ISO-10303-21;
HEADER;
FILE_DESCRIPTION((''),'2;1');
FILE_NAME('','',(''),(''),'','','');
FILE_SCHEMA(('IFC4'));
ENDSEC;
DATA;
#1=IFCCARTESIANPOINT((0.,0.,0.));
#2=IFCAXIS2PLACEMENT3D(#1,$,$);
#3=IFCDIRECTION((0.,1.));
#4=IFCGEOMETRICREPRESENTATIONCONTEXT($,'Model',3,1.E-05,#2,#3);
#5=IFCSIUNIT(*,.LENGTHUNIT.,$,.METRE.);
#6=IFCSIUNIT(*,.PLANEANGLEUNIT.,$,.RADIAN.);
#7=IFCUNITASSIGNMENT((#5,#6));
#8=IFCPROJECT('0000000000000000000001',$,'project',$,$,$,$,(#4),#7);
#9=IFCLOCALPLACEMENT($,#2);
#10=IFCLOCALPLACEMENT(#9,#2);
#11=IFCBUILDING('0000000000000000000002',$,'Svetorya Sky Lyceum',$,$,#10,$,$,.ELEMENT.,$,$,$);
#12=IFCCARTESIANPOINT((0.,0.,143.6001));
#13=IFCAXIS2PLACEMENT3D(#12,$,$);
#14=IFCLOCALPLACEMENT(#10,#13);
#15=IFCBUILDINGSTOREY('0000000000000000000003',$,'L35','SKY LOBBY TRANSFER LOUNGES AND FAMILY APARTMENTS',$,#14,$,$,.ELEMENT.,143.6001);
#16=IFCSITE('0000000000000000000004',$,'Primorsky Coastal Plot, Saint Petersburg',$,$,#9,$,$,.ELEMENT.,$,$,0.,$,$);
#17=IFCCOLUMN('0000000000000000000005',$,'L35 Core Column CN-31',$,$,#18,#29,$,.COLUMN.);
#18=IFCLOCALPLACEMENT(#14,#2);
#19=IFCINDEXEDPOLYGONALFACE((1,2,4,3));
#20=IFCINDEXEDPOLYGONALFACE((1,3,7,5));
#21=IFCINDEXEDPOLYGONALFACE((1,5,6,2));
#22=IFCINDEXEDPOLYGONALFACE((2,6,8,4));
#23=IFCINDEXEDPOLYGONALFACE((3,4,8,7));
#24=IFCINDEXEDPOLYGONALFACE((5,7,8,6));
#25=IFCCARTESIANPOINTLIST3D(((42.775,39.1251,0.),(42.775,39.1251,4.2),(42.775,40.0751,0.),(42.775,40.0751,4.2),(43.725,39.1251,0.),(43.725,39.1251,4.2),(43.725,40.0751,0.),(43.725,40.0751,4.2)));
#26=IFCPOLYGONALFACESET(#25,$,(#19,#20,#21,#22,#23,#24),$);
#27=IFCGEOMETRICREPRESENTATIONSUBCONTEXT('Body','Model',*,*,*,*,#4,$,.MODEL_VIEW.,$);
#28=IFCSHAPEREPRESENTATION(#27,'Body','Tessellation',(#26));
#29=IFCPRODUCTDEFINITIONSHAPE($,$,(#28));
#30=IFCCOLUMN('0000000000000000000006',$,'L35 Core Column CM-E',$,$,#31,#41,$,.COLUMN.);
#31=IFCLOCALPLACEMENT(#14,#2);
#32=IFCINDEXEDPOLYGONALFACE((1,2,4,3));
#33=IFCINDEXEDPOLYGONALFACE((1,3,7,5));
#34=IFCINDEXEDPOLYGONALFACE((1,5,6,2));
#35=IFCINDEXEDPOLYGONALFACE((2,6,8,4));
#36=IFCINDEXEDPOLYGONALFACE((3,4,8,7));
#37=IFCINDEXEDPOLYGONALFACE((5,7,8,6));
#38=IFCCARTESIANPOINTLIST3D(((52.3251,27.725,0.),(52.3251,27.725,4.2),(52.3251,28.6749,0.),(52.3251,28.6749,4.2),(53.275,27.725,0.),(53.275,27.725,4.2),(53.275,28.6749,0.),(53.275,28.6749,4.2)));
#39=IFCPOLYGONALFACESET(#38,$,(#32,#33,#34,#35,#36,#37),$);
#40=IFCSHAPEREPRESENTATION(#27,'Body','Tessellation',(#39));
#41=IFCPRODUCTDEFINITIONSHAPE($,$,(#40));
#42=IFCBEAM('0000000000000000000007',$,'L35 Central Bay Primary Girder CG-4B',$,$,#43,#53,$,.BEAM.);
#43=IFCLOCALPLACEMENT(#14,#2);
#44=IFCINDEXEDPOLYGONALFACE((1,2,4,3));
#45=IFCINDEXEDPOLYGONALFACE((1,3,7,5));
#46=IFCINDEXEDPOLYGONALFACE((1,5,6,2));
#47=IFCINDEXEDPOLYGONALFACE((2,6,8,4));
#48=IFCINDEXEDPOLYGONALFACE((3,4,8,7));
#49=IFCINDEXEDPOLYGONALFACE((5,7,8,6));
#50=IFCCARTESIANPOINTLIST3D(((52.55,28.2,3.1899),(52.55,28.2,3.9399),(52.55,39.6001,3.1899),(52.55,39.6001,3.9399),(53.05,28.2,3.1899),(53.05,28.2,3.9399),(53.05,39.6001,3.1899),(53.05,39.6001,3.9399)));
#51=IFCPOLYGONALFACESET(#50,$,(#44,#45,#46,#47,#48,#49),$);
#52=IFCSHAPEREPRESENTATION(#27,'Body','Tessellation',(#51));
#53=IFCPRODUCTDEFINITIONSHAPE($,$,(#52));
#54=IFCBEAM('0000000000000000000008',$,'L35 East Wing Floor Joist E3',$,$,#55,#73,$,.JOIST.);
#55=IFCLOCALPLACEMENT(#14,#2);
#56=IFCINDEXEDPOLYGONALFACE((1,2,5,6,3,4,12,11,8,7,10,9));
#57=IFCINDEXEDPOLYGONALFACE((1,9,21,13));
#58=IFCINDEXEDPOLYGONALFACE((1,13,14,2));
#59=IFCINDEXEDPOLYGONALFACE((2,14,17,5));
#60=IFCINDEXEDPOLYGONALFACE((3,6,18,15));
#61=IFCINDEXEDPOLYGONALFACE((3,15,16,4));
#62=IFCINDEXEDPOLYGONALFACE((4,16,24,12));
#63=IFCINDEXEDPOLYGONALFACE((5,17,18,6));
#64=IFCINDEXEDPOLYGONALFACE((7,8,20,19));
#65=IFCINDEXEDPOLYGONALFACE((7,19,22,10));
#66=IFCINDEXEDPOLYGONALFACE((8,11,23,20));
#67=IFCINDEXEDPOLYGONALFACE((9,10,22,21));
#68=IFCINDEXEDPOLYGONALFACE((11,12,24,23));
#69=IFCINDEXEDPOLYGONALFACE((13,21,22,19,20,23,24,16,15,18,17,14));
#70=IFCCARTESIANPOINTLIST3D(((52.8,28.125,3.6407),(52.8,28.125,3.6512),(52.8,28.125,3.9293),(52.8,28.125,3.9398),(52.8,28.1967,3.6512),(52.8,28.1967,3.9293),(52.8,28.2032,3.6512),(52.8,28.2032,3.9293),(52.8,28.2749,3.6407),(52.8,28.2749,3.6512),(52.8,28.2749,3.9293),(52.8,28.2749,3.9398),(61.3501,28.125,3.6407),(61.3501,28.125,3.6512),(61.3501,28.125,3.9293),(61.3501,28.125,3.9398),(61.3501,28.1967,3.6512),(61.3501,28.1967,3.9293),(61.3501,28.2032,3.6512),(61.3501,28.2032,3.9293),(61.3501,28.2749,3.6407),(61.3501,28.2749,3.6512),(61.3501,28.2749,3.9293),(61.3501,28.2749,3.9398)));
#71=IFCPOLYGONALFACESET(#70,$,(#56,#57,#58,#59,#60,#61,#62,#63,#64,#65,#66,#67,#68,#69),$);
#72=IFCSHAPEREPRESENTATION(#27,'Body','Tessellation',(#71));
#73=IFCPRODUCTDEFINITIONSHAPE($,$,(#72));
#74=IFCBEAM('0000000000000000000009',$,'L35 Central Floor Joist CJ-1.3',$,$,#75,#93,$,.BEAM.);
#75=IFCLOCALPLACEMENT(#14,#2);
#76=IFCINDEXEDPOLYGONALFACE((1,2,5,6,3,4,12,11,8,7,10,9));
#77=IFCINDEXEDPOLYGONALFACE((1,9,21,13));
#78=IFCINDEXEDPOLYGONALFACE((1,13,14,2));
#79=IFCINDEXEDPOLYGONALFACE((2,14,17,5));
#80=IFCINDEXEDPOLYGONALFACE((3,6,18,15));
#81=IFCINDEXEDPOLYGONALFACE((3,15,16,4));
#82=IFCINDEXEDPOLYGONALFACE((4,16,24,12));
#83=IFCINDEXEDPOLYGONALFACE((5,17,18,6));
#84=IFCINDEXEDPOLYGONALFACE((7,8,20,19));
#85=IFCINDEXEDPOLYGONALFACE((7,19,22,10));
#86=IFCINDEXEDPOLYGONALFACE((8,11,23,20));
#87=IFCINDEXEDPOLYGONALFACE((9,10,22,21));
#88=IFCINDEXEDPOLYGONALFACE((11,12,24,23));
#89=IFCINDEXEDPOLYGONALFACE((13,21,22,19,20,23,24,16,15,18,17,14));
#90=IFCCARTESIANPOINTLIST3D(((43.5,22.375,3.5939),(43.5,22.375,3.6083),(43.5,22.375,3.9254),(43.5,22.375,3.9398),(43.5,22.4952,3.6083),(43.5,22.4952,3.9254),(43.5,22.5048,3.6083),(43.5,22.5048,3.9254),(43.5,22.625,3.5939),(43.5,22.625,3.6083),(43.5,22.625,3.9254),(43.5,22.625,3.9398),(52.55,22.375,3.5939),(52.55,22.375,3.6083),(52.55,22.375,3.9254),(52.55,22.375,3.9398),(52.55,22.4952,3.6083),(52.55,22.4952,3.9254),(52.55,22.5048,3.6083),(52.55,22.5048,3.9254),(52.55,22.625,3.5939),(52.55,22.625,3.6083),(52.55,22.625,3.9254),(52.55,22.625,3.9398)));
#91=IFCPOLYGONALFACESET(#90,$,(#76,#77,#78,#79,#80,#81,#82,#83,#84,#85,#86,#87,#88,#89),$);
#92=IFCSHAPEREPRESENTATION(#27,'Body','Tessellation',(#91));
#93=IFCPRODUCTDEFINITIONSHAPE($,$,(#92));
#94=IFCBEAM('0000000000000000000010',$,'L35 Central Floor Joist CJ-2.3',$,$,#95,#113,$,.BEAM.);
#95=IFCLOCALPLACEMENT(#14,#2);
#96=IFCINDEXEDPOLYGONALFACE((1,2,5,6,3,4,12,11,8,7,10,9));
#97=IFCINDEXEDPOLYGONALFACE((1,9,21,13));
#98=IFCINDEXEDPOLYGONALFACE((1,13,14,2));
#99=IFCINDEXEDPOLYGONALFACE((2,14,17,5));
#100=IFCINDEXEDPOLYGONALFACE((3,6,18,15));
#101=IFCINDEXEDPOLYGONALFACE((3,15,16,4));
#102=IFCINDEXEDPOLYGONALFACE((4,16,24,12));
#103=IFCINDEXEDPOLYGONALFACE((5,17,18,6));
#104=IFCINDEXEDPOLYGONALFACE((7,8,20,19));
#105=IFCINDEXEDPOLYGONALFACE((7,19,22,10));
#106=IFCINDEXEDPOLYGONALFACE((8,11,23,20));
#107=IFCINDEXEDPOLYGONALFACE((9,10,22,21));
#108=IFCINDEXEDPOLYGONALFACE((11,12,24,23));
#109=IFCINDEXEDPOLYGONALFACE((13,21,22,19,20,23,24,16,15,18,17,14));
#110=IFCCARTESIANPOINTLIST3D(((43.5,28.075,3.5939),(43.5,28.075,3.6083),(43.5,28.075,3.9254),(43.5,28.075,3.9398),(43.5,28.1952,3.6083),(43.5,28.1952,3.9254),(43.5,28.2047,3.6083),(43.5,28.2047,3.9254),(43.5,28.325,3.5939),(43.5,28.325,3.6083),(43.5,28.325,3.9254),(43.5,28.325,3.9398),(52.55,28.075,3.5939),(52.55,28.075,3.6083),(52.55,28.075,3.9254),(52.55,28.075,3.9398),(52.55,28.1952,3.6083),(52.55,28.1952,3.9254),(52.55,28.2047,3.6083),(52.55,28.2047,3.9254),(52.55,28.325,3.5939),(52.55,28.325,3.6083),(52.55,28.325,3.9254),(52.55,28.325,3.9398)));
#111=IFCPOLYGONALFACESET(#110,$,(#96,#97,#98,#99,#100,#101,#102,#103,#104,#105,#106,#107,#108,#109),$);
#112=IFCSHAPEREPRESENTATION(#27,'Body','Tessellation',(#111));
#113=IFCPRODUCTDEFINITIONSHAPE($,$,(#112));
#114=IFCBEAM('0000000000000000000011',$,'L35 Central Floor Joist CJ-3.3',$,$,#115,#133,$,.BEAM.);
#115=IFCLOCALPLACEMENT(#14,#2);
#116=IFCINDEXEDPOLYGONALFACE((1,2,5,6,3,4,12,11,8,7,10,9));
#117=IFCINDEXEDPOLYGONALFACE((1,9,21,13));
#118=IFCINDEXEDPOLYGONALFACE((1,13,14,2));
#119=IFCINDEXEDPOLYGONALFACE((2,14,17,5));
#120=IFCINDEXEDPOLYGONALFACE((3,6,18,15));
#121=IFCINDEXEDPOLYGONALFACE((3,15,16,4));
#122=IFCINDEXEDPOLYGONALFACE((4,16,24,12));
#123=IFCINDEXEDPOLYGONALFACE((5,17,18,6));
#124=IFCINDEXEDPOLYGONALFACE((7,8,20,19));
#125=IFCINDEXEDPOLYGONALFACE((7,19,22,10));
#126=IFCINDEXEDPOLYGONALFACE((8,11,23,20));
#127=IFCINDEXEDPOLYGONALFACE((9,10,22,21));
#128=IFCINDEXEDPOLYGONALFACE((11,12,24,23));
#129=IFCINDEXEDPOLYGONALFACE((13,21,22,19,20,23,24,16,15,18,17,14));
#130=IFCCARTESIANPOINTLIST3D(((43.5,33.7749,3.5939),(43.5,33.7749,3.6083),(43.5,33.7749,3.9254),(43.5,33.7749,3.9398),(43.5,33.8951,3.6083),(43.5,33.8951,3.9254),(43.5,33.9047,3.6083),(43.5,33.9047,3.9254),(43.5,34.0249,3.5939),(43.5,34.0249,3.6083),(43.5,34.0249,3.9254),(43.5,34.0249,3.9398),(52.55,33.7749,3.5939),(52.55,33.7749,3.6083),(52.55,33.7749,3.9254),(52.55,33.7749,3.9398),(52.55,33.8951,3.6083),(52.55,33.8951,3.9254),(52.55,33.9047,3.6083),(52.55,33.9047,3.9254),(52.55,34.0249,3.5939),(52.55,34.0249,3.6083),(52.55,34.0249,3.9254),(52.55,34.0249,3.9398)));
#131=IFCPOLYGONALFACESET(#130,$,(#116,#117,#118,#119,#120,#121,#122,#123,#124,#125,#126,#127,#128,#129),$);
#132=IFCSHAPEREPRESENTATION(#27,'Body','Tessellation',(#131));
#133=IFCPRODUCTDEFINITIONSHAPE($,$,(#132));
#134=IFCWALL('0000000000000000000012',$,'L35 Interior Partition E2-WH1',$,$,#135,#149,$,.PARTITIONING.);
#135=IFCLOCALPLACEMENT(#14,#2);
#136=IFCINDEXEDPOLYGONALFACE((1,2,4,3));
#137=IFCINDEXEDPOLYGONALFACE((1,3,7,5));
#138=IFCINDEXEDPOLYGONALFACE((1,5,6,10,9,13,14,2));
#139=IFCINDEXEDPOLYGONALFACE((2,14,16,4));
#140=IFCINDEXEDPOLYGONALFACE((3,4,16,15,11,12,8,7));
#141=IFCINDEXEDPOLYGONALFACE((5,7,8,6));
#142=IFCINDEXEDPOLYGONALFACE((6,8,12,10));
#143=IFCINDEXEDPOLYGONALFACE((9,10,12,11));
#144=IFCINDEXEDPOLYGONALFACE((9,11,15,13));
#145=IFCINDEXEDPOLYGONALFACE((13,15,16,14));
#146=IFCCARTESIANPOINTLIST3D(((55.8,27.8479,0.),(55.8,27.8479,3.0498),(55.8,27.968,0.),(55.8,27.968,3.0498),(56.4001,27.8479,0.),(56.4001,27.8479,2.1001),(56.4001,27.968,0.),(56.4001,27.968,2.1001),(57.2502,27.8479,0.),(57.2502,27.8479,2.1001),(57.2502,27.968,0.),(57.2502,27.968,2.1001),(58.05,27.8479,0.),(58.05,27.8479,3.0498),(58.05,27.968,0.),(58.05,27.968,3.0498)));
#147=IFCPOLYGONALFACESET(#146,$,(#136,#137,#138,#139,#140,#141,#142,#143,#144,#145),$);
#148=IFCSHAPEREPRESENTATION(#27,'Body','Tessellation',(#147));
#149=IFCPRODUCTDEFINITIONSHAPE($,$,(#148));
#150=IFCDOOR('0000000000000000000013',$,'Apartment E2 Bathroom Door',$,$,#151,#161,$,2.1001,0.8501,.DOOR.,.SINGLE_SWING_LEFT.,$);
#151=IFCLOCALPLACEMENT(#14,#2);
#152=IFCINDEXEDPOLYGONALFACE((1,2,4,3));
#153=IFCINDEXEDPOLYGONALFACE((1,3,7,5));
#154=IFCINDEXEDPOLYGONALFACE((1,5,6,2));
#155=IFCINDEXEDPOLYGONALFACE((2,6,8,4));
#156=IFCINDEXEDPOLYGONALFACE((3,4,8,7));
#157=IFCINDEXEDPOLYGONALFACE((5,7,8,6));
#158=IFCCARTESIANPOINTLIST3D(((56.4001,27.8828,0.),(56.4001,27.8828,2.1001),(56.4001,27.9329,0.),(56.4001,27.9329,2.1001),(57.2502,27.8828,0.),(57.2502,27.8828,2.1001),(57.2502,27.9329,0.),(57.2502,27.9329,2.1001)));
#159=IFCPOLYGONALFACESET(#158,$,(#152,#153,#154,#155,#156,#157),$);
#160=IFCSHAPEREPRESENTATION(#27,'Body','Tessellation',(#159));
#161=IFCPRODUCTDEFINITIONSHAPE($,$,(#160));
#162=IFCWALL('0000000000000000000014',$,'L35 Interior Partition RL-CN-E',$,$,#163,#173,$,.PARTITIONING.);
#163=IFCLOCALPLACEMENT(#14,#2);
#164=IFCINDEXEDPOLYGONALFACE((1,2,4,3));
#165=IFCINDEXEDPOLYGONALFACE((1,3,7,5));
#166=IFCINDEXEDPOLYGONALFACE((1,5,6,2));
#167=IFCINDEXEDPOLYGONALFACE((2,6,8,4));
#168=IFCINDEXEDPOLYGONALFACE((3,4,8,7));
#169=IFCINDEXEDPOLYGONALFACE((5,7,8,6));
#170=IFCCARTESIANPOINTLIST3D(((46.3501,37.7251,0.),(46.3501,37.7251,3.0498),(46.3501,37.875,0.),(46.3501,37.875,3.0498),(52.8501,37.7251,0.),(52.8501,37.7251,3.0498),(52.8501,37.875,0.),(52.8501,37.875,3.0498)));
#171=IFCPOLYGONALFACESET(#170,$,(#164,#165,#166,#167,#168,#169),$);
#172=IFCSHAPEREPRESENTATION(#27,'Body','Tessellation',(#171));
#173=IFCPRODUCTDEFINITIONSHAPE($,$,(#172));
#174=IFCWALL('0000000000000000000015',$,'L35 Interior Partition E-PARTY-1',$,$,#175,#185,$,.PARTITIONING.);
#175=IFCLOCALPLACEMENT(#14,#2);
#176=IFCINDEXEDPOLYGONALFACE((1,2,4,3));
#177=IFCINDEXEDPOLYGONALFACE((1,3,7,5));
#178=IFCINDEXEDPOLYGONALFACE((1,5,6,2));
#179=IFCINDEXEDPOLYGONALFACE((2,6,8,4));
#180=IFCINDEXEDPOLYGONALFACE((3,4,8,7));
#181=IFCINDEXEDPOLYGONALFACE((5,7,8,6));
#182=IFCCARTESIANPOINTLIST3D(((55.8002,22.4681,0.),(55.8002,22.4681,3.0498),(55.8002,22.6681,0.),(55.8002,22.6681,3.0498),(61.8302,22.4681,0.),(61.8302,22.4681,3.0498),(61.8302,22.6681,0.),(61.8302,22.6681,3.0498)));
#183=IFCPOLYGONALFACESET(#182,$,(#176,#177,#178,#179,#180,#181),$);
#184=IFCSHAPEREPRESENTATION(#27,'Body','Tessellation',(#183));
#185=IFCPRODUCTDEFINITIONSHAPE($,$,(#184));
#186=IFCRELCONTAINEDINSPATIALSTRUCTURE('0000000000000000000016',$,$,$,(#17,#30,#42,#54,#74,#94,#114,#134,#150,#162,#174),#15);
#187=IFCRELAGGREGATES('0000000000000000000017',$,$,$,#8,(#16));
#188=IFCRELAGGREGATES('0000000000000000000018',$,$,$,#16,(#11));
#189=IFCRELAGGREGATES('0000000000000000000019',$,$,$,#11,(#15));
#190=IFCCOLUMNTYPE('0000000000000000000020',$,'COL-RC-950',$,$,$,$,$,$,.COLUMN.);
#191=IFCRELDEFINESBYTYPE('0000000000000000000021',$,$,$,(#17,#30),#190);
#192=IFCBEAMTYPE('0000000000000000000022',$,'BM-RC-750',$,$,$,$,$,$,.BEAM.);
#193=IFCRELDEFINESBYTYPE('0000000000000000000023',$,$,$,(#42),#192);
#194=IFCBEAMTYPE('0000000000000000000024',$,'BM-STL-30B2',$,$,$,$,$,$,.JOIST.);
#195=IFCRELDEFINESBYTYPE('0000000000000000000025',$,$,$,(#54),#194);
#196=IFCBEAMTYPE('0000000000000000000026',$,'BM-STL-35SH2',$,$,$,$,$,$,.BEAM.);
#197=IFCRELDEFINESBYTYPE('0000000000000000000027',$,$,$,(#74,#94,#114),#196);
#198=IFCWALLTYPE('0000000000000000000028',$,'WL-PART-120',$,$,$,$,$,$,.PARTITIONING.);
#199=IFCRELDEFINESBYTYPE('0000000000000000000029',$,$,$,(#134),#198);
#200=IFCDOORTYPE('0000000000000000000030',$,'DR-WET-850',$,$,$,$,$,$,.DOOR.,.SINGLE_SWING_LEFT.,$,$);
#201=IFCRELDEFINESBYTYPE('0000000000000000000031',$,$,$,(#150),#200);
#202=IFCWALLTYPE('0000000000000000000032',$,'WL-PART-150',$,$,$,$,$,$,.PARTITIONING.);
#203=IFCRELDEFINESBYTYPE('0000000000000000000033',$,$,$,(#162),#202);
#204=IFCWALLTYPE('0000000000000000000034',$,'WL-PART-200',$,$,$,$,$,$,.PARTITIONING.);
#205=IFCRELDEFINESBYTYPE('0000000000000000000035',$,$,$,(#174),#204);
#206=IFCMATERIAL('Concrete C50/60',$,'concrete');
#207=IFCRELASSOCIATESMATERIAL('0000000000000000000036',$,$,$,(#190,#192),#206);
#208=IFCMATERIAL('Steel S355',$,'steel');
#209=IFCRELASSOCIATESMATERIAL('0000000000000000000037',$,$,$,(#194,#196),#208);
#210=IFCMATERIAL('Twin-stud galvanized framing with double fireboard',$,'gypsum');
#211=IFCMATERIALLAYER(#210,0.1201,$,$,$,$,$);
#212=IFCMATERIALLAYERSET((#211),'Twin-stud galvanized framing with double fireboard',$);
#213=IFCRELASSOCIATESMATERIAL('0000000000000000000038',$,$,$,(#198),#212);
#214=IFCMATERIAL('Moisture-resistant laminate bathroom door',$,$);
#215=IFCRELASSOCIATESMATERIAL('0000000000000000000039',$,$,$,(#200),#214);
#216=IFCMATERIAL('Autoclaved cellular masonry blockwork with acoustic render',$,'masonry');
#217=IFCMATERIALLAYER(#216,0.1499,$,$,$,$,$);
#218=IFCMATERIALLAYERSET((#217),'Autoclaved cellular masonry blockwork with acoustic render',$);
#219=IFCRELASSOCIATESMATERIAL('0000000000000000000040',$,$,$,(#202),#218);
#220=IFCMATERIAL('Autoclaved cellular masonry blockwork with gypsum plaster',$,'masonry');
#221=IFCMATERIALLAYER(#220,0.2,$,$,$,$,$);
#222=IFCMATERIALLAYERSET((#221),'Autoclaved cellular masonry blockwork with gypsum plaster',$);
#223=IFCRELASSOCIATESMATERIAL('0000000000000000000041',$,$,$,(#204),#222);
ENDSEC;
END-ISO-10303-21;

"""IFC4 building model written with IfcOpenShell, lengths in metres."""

from ifc_helpers import new_model, si_unit, direction, frame, frame_2d, origin, origin_2d, place, context, subcontext, project, spatial, rectangle, i_section, extrude, material, layer, layer_set, material_profile, profile_set, type_object, element, fill, save


model = new_model("IFC4")

# Units and contexts
model_context = context("Model", 3, precision=1e-05, world=origin(), true_north=direction((0.0, 1.0)))
body_context = subcontext(model_context, "Body", "Model", "MODEL_VIEW")
ifc_project = project(units=[si_unit("LENGTHUNIT", "METRE"), si_unit("PLANEANGLEUNIT", "RADIAN")], contexts=[model_context])

# Site, building, storey
site_placement = place(None, origin())
site = spatial("IfcSite", under=ifc_project, at=site_placement, Name="Primorsky Coastal Plot, Saint Petersburg", CompositionType="ELEMENT", RefElevation=0.0)
building_placement = place(site_placement, origin())
building = spatial("IfcBuilding", under=site, at=building_placement, Name="Svetorya Sky Lyceum", CompositionType="ELEMENT")
storey_placement = place(building_placement, frame((0.0, 0.0, 143.6001)))
storey = spatial("IfcBuildingStorey", under=building, at=storey_placement, Name="L35", Description="SKY LOBBY TRANSFER LOUNGES AND FAMILY APARTMENTS", CompositionType="ELEMENT", Elevation=143.6001)

# Columns
ifc_material_1 = material(Name="Concrete C50/60", Category="concrete")
ifc_material_profile_1 = material_profile(ifc_material_1, rectangle(XDim=0.95, YDim=0.95, at=origin_2d()), Name="RC COL 950x950")
ifc_profile_set_1 = profile_set([ifc_material_profile_1], Name="Concrete C50/60")
column_type = type_object("IfcColumnType", Name="COL-RC-950", PredefinedType="COLUMN", material=ifc_profile_set_1)
for number, where, z_axis, x_axis, name in (
    (1, (43.25, 39.6001, 0.0), (0.0, 0.0, 1.0), (1.0, 0.0, 0.0), "L35 Core Column CN-31"),
    (2, (52.8, 28.2, 0.0), (0.0, 0.0, 1.0), (1.0, 0.0, 0.0), "L35 Core Column CM-E"),
):
    element("IfcColumn", number, at=place(storey_placement, frame(where, z_axis=z_axis, x_axis=x_axis)), inside=storey, type_object=column_type, Name=name, PredefinedType="COLUMN", context=body_context, shape_type="SweptSolid", body=[
        extrude(rectangle(XDim=0.95, YDim=0.95, at=origin_2d()), origin(), (0.0, 0.0, 1.0), 4.2),
    ])

# Beams
ifc_material_profile_2 = material_profile(ifc_material_1, rectangle(XDim=0.5, YDim=0.75, at=origin_2d()), Name="RC BEAM 500x750")
ifc_profile_set_2 = profile_set([ifc_material_profile_2], Name="Concrete C50/60")
beam_type_1 = type_object("IfcBeamType", Name="BM-RC-750", PredefinedType="BEAM", material=ifc_profile_set_2)
beam_1_placement = place(storey_placement, frame((52.8, 28.2, 3.5649), z_axis=(0.0, 1.0, 0.0), x_axis=(-1.0, 0.0, 0.0)))
element("IfcBeam", 3, at=beam_1_placement, inside=storey, type_object=beam_type_1, Name="L35 Central Bay Primary Girder CG-4B", PredefinedType="BEAM", context=body_context, shape_type="SweptSolid", body=[
    extrude(rectangle(XDim=0.5, YDim=0.75, at=origin_2d()), origin(), (0.0, 0.0, 1.0), 11.4001),
])
ifc_material_2 = material(Name="Steel S355", Category="steel")
ifc_material_profile_3 = material_profile(ifc_material_2, i_section(OverallWidth=0.1499, OverallDepth=0.2991, WebThickness=0.0066, FlangeThickness=0.0105, at=origin_2d()), Name="GOST 30B2")
ifc_profile_set_3 = profile_set([ifc_material_profile_3], Name="Steel S355")
beam_type_2 = type_object("IfcBeamType", Name="BM-STL-30B2", PredefinedType="JOIST", material=ifc_profile_set_3)
beam_2_placement = place(storey_placement, frame((52.8, 28.2, 3.7903), z_axis=(1.0, 0.0, 0.0), x_axis=(0.0, 1.0, 0.0)))
element("IfcBeam", 4, at=beam_2_placement, inside=storey, type_object=beam_type_2, Name="L35 East Wing Floor Joist E3", PredefinedType="JOIST", context=body_context, shape_type="SweptSolid", body=[
    extrude(i_section(OverallWidth=0.1499, OverallDepth=0.2991, WebThickness=0.0066, FlangeThickness=0.0105, at=origin_2d()), origin(), (0.0, 0.0, 1.0), 8.55),
])
ifc_material_profile_4 = material_profile(ifc_material_2, i_section(OverallWidth=0.25, OverallDepth=0.3459, WebThickness=0.0095, FlangeThickness=0.0144, at=origin_2d()), Name="GOST 35Sh2")
ifc_profile_set_4 = profile_set([ifc_material_profile_4], Name="Steel S355")
beam_type_3 = type_object("IfcBeamType", Name="BM-STL-35SH2", PredefinedType="BEAM", material=ifc_profile_set_4)
for number, where, z_axis, x_axis, name in (
    (5, (43.5, 22.5, 3.7668), (1.0, 0.0, 0.0), (0.0, 1.0, 0.0), "L35 Central Floor Joist CJ-1.3"),
    (6, (43.5, 28.2, 3.7668), (1.0, 0.0, 0.0), (0.0, 1.0, 0.0), "L35 Central Floor Joist CJ-2.3"),
    (7, (43.5, 33.8999, 3.7668), (1.0, 0.0, 0.0), (0.0, 1.0, 0.0), "L35 Central Floor Joist CJ-3.3"),
):
    element("IfcBeam", number, at=place(storey_placement, frame(where, z_axis=z_axis, x_axis=x_axis)), inside=storey, type_object=beam_type_3, Name=name, PredefinedType="BEAM", context=body_context, shape_type="SweptSolid", body=[
        extrude(i_section(OverallWidth=0.25, OverallDepth=0.3459, WebThickness=0.0095, FlangeThickness=0.0144, at=origin_2d()), origin(), (0.0, 0.0, 1.0), 9.05),
    ])

# Wall, opening, door
ifc_material_3 = material(Name="Twin-stud galvanized framing with double fireboard", Category="gypsum")
ifc_layer_1 = layer(ifc_material_3, 0.1201)
ifc_layer_set_1 = layer_set([ifc_layer_1], Name="Twin-stud galvanized framing with double fireboard")
wall_type_1 = type_object("IfcWallType", Name="WL-PART-120", PredefinedType="PARTITIONING", material=ifc_layer_set_1)
wall_1_placement = place(storey_placement, frame((55.8, 27.908, 0.0), z_axis=(0.0, 0.0, 1.0), x_axis=(1.0, 0.0, 0.0)))
wall_1 = element("IfcWall", 8, at=wall_1_placement, inside=storey, type_object=wall_type_1, Name="L35 Interior Partition E2-WH1", PredefinedType="PARTITIONING", context=body_context, shape_type="SweptSolid", body=[
    extrude(rectangle(XDim=2.25, YDim=0.1201, at=frame_2d((1.125, 0.0))), origin(), (0.0, 0.0, 1.0), 3.0498),
])
opening_placement = place(wall_1_placement, frame((0.6001, 0.0, 0.0)))
opening = element("IfcOpeningElement", 9, at=opening_placement, cuts=wall_1, PredefinedType="OPENING", context=body_context, shape_type="SweptSolid", body=[
    extrude(rectangle(XDim=0.8501, YDim=2.1001, at=frame_2d((0.425, 1.05))), frame((0.0, 0.0701, 0.0), z_axis=(0.0, -1.0, 0.0), x_axis=(1.0, 0.0, 0.0)), (0.0, 0.0, 1.0), 0.1401),
])
ifc_material_4 = material(Name="Moisture-resistant laminate bathroom door")
door_type = type_object("IfcDoorType", Name="DR-WET-850", OperationType="SINGLE_SWING_LEFT", PredefinedType="DOOR", material=ifc_material_4)
door_placement = place(opening_placement, origin())
door = element("IfcDoor", 10, at=door_placement, inside=storey, type_object=door_type, Name="Apartment E2 Bathroom Door", OperationType="SINGLE_SWING_LEFT", OverallHeight=2.1001, OverallWidth=0.8501, PredefinedType="DOOR", context=body_context, shape_type="SweptSolid", body=[
    extrude(rectangle(XDim=0.8501, YDim=2.1001, at=frame_2d((0.425, 1.05))), frame((0.0, 0.0249, 0.0), z_axis=(0.0, -1.0, 0.0), x_axis=(1.0, 0.0, 0.0)), (0.0, 0.0, 1.0), 0.05),
])
fill(opening, door)

# Walls
ifc_material_5 = material(Name="Autoclaved cellular masonry blockwork with acoustic render", Category="masonry")
ifc_layer_2 = layer(ifc_material_5, 0.1499)
ifc_layer_set_2 = layer_set([ifc_layer_2], Name="Autoclaved cellular masonry blockwork with acoustic render")
wall_type_2 = type_object("IfcWallType", Name="WL-PART-150", PredefinedType="PARTITIONING", material=ifc_layer_set_2)
wall_2_placement = place(storey_placement, frame((46.3501, 37.8, 0.0), z_axis=(0.0, 0.0, 1.0), x_axis=(1.0, 0.0, 0.0)))
element("IfcWall", 11, at=wall_2_placement, inside=storey, type_object=wall_type_2, Name="L35 Interior Partition RL-CN-E", PredefinedType="PARTITIONING", context=body_context, shape_type="SweptSolid", body=[
    extrude(rectangle(XDim=6.5, YDim=0.1499, at=frame_2d((3.25, 0.0))), origin(), (0.0, 0.0, 1.0), 3.0498),
])
ifc_material_6 = material(Name="Autoclaved cellular masonry blockwork with gypsum plaster", Category="masonry")
ifc_layer_3 = layer(ifc_material_6, 0.2)
ifc_layer_set_3 = layer_set([ifc_layer_3], Name="Autoclaved cellular masonry blockwork with gypsum plaster")
wall_type_3 = type_object("IfcWallType", Name="WL-PART-200", PredefinedType="PARTITIONING", material=ifc_layer_set_3)
wall_3_placement = place(storey_placement, frame((55.8, 22.5681, 0.0), z_axis=(0.0, 0.0, 1.0), x_axis=(1.0, 0.0, 0.0)))
element("IfcWall", 12, at=wall_3_placement, inside=storey, type_object=wall_type_3, Name="L35 Interior Partition E-PARTY-1", PredefinedType="PARTITIONING", context=body_context, shape_type="SweptSolid", body=[
    extrude(rectangle(XDim=6.03, YDim=0.2, at=frame_2d((3.0151, 0.0))), origin(), (0.0, 0.0, 1.0), 3.0498),
])

save(model, "model.ifc")
